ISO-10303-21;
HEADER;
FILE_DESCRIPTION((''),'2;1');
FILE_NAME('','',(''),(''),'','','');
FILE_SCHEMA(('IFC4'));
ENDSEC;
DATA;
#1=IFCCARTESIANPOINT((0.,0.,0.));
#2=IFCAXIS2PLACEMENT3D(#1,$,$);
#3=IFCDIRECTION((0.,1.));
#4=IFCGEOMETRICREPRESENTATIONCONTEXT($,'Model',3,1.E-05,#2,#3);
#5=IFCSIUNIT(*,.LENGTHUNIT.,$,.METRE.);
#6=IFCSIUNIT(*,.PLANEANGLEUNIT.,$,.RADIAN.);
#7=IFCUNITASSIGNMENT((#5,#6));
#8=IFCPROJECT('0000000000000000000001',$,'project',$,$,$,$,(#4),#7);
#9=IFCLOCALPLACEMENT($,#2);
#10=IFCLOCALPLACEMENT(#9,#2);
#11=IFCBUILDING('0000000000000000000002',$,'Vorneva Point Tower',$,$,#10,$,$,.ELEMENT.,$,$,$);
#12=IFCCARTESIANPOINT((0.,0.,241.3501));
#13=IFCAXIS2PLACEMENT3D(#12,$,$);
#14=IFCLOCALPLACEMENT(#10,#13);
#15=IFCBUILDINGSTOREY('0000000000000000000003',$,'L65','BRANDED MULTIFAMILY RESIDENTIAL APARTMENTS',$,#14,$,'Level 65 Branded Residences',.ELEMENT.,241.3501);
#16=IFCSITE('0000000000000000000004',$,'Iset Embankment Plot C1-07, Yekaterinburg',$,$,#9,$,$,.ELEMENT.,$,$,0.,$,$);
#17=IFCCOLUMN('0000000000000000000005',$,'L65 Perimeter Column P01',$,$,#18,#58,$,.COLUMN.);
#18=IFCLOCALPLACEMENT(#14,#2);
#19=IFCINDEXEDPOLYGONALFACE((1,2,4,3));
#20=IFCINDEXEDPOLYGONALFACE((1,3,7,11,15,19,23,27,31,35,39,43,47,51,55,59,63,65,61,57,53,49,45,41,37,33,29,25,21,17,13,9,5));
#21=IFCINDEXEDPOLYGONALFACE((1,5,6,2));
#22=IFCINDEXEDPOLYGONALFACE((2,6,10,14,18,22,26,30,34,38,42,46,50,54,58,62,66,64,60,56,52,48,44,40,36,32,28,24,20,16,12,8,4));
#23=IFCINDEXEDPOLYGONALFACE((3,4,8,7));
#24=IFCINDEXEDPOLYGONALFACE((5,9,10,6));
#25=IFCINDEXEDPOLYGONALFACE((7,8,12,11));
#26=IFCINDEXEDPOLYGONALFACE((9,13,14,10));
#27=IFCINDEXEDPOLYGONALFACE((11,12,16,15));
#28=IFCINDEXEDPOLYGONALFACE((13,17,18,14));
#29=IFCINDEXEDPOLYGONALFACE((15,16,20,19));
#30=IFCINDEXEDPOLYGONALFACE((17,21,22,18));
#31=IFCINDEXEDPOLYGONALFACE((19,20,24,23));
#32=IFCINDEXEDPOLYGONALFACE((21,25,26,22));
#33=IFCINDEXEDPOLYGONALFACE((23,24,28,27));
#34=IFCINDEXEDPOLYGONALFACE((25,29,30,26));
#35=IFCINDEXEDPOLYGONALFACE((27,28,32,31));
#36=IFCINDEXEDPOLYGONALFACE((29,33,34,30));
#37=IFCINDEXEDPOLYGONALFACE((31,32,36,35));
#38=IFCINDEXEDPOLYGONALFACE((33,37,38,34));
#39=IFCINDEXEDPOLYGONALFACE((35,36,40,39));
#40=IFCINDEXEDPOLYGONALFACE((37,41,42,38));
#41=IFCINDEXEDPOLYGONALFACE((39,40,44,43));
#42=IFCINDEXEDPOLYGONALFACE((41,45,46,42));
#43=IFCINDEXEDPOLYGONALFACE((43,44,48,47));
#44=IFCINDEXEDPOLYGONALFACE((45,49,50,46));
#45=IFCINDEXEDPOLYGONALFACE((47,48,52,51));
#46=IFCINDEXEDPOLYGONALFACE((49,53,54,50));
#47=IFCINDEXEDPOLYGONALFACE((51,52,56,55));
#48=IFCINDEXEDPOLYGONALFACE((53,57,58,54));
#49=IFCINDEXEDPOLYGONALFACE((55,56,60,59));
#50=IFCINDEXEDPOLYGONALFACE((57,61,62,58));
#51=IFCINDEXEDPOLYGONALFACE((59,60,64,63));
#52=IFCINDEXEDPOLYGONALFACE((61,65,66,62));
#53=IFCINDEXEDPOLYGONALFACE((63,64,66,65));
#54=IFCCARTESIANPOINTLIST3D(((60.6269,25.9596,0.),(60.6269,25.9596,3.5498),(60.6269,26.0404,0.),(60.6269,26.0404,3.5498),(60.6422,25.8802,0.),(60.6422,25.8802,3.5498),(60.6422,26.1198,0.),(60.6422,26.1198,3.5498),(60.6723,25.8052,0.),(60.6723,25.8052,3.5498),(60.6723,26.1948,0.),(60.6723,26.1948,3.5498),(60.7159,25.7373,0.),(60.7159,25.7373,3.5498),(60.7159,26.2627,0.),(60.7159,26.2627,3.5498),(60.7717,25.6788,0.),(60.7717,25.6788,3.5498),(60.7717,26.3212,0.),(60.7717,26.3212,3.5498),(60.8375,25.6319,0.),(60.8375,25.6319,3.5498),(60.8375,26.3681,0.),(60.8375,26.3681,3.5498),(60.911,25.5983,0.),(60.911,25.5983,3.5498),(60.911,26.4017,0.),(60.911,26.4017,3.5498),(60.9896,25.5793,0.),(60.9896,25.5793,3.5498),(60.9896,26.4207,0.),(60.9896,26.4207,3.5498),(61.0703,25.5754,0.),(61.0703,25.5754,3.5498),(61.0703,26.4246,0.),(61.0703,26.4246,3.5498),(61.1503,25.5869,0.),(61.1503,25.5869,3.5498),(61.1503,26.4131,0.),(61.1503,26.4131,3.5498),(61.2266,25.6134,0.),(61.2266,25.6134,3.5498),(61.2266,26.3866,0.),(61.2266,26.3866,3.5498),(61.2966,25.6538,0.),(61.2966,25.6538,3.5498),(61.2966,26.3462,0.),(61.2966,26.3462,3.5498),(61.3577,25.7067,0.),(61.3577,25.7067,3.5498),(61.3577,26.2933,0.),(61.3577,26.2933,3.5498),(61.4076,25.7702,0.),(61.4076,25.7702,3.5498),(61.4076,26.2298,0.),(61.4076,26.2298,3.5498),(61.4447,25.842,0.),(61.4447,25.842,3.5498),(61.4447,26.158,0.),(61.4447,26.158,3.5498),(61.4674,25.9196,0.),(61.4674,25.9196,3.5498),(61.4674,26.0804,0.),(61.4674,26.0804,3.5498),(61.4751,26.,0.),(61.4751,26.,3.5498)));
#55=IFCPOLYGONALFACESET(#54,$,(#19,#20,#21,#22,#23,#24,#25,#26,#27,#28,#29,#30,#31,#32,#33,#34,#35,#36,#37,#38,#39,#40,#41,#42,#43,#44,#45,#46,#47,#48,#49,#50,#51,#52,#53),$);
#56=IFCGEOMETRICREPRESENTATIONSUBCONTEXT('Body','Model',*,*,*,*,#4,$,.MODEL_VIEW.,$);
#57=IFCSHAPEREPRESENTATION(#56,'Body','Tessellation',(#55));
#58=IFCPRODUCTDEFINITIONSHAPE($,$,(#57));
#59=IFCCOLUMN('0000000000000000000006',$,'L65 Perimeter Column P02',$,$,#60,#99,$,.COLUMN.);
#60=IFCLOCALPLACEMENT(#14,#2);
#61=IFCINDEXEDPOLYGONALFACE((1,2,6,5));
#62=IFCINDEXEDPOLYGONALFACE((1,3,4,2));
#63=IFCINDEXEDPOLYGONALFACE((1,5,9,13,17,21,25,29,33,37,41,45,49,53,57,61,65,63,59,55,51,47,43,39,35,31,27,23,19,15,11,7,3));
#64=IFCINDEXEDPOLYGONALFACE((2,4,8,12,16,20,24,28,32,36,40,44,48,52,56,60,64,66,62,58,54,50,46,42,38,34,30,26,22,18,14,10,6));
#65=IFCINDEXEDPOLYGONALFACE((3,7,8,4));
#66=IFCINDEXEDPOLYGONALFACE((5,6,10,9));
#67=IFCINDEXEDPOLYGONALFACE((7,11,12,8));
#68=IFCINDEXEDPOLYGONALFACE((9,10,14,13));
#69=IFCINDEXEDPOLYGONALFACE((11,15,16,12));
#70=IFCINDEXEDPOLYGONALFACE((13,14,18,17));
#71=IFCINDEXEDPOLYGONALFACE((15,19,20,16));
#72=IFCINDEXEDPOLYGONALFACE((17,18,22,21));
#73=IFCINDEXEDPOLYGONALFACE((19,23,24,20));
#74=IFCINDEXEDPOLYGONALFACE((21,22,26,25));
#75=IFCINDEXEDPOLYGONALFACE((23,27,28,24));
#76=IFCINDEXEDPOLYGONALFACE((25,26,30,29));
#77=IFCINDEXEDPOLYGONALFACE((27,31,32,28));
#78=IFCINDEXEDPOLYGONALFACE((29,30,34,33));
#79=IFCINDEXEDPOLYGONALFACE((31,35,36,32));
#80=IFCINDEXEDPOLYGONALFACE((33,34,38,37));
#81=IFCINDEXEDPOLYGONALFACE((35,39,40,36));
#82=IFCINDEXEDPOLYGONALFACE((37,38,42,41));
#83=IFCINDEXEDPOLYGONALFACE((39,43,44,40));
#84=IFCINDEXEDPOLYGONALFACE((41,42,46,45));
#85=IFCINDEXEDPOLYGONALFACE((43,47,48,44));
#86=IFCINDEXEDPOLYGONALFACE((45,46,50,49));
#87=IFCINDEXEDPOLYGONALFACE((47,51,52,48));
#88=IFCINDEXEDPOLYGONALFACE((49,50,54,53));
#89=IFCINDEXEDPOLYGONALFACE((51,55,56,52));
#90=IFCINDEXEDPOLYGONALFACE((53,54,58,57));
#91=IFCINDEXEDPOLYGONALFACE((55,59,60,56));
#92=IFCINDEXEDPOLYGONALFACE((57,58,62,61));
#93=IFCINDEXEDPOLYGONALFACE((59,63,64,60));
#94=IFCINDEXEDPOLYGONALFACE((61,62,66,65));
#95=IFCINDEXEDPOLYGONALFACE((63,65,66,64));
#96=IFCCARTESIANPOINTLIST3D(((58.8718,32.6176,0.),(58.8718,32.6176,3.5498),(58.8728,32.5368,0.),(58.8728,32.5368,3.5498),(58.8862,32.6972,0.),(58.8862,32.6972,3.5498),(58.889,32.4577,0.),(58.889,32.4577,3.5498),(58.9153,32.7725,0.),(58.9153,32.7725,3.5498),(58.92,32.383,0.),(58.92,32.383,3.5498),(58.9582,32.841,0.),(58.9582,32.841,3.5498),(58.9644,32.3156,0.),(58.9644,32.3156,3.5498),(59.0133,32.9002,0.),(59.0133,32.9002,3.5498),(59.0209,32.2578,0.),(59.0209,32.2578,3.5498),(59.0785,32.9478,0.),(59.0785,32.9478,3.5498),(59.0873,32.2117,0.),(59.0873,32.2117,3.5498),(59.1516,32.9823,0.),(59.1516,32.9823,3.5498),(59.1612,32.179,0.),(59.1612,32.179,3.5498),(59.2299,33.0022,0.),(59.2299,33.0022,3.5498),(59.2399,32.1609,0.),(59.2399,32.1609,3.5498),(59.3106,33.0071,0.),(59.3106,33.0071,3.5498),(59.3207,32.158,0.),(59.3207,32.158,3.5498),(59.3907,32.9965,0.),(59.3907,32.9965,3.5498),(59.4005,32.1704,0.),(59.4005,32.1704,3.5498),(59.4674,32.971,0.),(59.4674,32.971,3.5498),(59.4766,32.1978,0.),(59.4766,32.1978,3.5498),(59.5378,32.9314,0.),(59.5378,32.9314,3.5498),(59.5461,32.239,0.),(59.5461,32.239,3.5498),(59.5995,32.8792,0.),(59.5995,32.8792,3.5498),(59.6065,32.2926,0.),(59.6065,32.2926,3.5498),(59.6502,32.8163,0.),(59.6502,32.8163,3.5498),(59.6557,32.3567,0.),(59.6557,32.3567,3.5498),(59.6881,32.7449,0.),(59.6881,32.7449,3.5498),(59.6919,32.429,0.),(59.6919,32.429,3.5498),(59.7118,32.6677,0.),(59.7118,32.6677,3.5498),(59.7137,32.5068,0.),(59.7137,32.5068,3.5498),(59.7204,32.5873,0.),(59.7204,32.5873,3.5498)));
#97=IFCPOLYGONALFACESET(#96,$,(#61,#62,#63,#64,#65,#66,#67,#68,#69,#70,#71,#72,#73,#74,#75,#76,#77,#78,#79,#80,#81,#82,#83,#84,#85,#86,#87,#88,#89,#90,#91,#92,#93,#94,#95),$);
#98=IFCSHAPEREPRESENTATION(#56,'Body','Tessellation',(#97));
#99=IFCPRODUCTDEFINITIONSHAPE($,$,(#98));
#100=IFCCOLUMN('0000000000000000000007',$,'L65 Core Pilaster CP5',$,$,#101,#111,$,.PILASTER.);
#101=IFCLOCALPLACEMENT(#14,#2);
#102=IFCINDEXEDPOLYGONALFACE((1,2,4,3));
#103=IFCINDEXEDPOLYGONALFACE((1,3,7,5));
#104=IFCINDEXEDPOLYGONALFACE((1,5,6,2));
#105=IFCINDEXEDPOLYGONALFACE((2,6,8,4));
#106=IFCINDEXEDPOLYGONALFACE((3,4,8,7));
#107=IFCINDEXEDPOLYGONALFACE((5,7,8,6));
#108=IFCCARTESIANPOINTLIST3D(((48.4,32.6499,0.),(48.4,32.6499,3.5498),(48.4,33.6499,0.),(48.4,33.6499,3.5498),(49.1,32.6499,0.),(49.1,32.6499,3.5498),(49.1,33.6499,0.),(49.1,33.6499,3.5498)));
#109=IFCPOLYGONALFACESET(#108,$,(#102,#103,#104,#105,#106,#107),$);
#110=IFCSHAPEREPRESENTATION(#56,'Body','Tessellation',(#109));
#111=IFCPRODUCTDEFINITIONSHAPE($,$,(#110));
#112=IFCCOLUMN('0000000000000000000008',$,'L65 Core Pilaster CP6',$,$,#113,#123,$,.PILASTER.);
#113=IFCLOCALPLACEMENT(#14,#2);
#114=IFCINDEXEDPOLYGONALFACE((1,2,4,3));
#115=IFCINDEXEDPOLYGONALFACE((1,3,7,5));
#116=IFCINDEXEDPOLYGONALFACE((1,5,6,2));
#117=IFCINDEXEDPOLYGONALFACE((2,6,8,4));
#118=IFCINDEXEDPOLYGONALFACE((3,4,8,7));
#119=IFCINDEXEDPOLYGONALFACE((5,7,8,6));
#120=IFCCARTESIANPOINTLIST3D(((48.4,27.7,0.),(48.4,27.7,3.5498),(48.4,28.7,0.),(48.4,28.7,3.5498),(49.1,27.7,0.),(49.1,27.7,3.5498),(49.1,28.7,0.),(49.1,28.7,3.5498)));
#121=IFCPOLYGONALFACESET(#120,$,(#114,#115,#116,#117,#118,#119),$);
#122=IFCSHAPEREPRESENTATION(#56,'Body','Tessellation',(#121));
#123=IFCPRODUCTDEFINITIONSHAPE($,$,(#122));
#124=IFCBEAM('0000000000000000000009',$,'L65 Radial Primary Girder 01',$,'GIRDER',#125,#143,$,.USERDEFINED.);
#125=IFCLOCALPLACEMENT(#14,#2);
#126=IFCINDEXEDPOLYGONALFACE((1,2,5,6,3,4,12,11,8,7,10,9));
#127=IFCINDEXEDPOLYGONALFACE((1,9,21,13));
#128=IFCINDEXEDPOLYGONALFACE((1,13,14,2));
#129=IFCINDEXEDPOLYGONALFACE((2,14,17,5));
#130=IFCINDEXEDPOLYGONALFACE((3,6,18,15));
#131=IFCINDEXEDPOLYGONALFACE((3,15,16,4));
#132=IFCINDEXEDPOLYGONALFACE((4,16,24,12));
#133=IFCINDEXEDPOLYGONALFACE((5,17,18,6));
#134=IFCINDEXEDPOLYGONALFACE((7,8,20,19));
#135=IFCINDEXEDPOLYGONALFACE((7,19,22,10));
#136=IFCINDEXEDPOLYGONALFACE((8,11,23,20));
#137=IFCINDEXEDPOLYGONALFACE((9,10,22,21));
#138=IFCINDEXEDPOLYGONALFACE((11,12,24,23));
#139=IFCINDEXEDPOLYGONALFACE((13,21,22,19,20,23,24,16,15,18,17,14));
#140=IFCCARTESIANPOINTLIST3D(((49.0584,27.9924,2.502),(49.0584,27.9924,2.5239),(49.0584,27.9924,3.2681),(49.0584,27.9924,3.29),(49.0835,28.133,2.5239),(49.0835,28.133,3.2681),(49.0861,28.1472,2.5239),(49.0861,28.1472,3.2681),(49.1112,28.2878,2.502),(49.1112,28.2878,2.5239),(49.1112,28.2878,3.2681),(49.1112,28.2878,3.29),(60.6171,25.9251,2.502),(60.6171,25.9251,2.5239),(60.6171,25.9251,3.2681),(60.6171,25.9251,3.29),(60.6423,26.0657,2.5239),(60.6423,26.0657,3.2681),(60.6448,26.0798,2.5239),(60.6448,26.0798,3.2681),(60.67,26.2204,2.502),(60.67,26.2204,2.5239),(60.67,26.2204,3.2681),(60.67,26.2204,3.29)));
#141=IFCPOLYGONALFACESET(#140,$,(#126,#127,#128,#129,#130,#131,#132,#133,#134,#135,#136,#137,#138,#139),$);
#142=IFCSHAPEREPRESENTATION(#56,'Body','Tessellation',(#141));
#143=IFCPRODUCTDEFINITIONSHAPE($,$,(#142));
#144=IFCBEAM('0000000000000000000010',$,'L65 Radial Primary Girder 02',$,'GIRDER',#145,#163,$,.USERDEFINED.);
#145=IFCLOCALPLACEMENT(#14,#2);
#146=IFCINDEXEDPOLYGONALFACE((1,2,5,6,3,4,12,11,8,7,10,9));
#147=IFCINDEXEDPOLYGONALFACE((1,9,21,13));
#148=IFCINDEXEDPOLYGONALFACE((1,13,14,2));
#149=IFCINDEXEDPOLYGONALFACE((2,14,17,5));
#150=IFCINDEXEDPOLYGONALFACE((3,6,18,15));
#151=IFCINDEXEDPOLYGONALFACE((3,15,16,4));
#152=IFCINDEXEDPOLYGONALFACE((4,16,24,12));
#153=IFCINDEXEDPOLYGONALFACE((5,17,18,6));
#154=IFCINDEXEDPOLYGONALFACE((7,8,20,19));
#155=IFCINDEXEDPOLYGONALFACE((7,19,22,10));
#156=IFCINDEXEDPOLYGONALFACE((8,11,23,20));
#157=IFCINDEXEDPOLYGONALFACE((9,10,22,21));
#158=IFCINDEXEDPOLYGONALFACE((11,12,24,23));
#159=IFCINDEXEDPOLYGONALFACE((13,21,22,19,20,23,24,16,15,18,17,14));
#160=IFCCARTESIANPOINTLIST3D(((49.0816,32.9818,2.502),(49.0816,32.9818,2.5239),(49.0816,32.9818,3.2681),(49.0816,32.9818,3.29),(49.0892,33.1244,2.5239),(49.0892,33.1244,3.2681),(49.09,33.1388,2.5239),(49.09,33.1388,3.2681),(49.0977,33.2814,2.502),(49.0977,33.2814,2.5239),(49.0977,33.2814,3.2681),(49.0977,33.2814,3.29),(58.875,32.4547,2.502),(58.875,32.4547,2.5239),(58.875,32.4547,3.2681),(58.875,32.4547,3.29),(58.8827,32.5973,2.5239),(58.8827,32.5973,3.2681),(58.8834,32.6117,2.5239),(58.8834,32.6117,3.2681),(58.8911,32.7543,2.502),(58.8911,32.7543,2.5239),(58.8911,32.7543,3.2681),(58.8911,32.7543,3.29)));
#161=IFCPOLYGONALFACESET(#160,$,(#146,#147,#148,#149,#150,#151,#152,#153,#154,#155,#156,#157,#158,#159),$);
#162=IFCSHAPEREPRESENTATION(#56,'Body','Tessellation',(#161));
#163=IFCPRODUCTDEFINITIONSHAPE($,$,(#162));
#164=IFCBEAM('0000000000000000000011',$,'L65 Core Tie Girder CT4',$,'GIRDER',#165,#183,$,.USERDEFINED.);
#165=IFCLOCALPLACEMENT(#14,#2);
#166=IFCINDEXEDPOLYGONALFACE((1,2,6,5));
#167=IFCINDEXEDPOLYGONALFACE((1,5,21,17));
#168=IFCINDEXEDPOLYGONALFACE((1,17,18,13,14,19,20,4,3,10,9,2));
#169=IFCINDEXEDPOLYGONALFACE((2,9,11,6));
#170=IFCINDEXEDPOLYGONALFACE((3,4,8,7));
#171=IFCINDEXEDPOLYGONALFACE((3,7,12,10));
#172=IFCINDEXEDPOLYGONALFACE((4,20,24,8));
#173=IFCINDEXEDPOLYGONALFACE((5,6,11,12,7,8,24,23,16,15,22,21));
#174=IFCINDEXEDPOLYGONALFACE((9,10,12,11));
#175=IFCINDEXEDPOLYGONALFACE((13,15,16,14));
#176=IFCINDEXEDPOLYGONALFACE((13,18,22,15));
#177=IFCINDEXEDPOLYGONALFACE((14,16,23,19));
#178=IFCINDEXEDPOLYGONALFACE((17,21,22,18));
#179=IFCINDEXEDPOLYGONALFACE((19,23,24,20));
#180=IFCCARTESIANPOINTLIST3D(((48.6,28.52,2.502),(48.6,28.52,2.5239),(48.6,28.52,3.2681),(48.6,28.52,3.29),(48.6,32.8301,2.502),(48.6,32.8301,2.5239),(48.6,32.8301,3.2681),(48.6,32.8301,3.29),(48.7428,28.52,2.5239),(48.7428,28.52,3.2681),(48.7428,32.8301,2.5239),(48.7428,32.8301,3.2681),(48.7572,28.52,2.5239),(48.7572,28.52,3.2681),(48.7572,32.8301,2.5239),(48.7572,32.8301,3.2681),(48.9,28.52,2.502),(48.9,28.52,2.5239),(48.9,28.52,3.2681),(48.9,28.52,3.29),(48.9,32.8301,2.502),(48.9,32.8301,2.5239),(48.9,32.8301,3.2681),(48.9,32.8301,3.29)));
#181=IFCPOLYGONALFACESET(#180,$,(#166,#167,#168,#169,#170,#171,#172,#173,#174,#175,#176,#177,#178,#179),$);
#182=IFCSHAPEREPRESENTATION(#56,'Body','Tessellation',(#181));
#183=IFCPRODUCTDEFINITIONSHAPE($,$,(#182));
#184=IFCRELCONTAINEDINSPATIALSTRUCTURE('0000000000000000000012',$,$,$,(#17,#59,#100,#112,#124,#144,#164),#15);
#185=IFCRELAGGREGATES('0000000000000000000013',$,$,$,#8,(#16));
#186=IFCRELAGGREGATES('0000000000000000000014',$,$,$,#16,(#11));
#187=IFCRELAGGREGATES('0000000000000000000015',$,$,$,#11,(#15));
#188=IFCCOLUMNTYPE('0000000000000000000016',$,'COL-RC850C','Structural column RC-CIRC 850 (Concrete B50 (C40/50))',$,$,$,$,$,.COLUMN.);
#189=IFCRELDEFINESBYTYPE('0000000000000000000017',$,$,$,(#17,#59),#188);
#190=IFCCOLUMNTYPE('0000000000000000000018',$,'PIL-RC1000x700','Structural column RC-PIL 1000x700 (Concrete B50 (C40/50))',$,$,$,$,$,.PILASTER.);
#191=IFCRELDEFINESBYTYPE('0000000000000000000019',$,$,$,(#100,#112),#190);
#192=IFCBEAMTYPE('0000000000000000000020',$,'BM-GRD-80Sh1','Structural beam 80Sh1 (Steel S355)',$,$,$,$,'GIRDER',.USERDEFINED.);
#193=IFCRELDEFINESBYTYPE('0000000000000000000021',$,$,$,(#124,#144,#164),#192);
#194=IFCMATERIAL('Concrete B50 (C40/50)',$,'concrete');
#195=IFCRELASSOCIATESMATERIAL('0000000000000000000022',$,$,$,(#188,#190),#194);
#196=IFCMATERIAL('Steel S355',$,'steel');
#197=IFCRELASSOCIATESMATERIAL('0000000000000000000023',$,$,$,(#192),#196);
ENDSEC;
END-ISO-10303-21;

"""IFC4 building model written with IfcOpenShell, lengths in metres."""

from ifc_helpers import new_model, si_unit, direction, frame, origin, origin_2d, place, context, subcontext, project, spatial, rectangle, circle, i_section, extrude, material, material_profile, profile_set, type_object, element, save


model = new_model("IFC4")

# Units and contexts
model_context = context("Model", 3, precision=1e-05, world=origin(), true_north=direction((0.0, 1.0)))
body_context = subcontext(model_context, "Body", "Model", "MODEL_VIEW")
ifc_project = project(units=[si_unit("LENGTHUNIT", "METRE"), si_unit("PLANEANGLEUNIT", "RADIAN")], contexts=[model_context])

# Site, building, storey
site_placement = place(None, origin())
site = spatial("IfcSite", under=ifc_project, at=site_placement, Name="Iset Embankment Plot C1-07, Yekaterinburg", CompositionType="ELEMENT", RefElevation=0.0)
building_placement = place(site_placement, origin())
building = spatial("IfcBuilding", under=site, at=building_placement, Name="Vorneva Point Tower", CompositionType="ELEMENT")
storey_placement = place(building_placement, frame((0.0, 0.0, 241.3501)))
storey = spatial("IfcBuildingStorey", under=building, at=storey_placement, Name="L65", Description="BRANDED MULTIFAMILY RESIDENTIAL APARTMENTS", LongName="Level 65 Branded Residences", CompositionType="ELEMENT", Elevation=241.3501)

# Columns
ifc_material_1 = material(Name="Concrete B50 (C40/50)", Category="concrete")
ifc_material_profile_1 = material_profile(ifc_material_1, circle(Radius=0.425, at=origin_2d()), Name="RC-CIRC 850")
ifc_profile_set_1 = profile_set([ifc_material_profile_1], Name="Concrete B50 (C40/50)")
column_type_1 = type_object("IfcColumnType", Name="COL-RC850C", Description="Structural column RC-CIRC 850 (Concrete B50 (C40/50))", PredefinedType="COLUMN", material=ifc_profile_set_1)
for number, where, z_axis, x_axis, name in (
    (1, (61.05, 26.0, 0.0), (0.0, 0.0, 1.0), (1.0, 0.0, 0.0), "L65 Perimeter Column P01"),
    (2, (59.2954, 32.5823, 0.0), (0.0, 0.0, 1.0), (0.92388, 0.382683, 0.0), "L65 Perimeter Column P02"),
):
    element("IfcColumn", number, at=place(storey_placement, frame(where, z_axis=z_axis, x_axis=x_axis)), inside=storey, type_object=column_type_1, Name=name, PredefinedType="COLUMN", context=body_context, shape_type="SweptSolid", body=[
        extrude(circle(Radius=0.425, at=origin_2d()), origin(), (0.0, 0.0, 1.0), 3.5498),
    ])
ifc_material_profile_2 = material_profile(ifc_material_1, rectangle(XDim=0.7, YDim=1.0, at=origin_2d()), Name="RC-PIL 1000x700")
ifc_profile_set_2 = profile_set([ifc_material_profile_2], Name="Concrete B50 (C40/50)")
column_type_2 = type_object("IfcColumnType", Name="PIL-RC1000x700", Description="Structural column RC-PIL 1000x700 (Concrete B50 (C40/50))", PredefinedType="PILASTER", material=ifc_profile_set_2)
for number, where, z_axis, x_axis, name in (
    (3, (48.75, 33.1499, 0.0), (0.0, 0.0, 1.0), (1.0, 0.0, 0.0), "L65 Core Pilaster CP5"),
    (4, (48.75, 28.2, 0.0), (0.0, 0.0, 1.0), (1.0, 0.0, 0.0), "L65 Core Pilaster CP6"),
):
    element("IfcColumn", number, at=place(storey_placement, frame(where, z_axis=z_axis, x_axis=x_axis)), inside=storey, type_object=column_type_2, Name=name, PredefinedType="PILASTER", context=body_context, shape_type="SweptSolid", body=[
        extrude(rectangle(XDim=0.7, YDim=1.0, at=origin_2d()), origin(), (0.0, 0.0, 1.0), 3.5498),
    ])

# Beams
ifc_material_2 = material(Name="Steel S355", Category="steel")
ifc_material_profile_3 = material_profile(ifc_material_2, i_section(OverallWidth=0.3, OverallDepth=0.7881, WebThickness=0.0144, FlangeThickness=0.022, at=origin_2d()), Name="80Sh1")
ifc_profile_set_3 = profile_set([ifc_material_profile_3], Name="Steel S355")
beam_type_1 = type_object("IfcBeamType", Name="BM-GRD-80Sh1", Description="Structural beam 80Sh1 (Steel S355)", ElementType="GIRDER", PredefinedType="USERDEFINED", material=ifc_profile_set_3)
beam_1_placement = place(storey_placement, frame((60.6436, 26.0728, 2.896), z_axis=(-0.984379, 0.176063, 0.0), x_axis=(-0.176063, -0.984379, 0.0)))
element("IfcBeam", 5, at=beam_1_placement, inside=storey, type_object=beam_type_1, Name="L65 Radial Primary Girder 01", ObjectType="GIRDER", PredefinedType="USERDEFINED", context=body_context, shape_type="SweptSolid", body=[
    extrude(i_section(OverallWidth=0.3, OverallDepth=0.7881, WebThickness=0.0144, FlangeThickness=0.022, at=origin_2d()), origin(), (0.0, 0.0, 1.0), 11.7422),
])
beam_2_placement = place(storey_placement, frame((58.8831, 32.6045, 2.896), z_axis=(-0.998555, 0.053744, 0.0), x_axis=(-0.053744, -0.998555, 0.0)))
element("IfcBeam", 6, at=beam_2_placement, inside=storey, type_object=beam_type_1, Name="L65 Radial Primary Girder 02", ObjectType="GIRDER", PredefinedType="USERDEFINED", context=body_context, shape_type="SweptSolid", body=[
    extrude(i_section(OverallWidth=0.3, OverallDepth=0.7881, WebThickness=0.0144, FlangeThickness=0.022, at=origin_2d()), origin(), (0.0, 0.0, 1.0), 9.8076),
])
beam_3_placement = place(storey_placement, frame((48.75, 28.52, 2.896), z_axis=(0.0, 1.0, 0.0), x_axis=(-1.0, 0.0, 0.0)))
element("IfcBeam", 7, at=beam_3_placement, inside=storey, type_object=beam_type_1, Name="L65 Core Tie Girder CT4", ObjectType="GIRDER", PredefinedType="USERDEFINED", context=body_context, shape_type="SweptSolid", body=[
    extrude(i_section(OverallWidth=0.3, OverallDepth=0.7881, WebThickness=0.0144, FlangeThickness=0.022, at=origin_2d()), origin(), (0.0, 0.0, 1.0), 4.3101),
])

save(model, "model.ifc")
